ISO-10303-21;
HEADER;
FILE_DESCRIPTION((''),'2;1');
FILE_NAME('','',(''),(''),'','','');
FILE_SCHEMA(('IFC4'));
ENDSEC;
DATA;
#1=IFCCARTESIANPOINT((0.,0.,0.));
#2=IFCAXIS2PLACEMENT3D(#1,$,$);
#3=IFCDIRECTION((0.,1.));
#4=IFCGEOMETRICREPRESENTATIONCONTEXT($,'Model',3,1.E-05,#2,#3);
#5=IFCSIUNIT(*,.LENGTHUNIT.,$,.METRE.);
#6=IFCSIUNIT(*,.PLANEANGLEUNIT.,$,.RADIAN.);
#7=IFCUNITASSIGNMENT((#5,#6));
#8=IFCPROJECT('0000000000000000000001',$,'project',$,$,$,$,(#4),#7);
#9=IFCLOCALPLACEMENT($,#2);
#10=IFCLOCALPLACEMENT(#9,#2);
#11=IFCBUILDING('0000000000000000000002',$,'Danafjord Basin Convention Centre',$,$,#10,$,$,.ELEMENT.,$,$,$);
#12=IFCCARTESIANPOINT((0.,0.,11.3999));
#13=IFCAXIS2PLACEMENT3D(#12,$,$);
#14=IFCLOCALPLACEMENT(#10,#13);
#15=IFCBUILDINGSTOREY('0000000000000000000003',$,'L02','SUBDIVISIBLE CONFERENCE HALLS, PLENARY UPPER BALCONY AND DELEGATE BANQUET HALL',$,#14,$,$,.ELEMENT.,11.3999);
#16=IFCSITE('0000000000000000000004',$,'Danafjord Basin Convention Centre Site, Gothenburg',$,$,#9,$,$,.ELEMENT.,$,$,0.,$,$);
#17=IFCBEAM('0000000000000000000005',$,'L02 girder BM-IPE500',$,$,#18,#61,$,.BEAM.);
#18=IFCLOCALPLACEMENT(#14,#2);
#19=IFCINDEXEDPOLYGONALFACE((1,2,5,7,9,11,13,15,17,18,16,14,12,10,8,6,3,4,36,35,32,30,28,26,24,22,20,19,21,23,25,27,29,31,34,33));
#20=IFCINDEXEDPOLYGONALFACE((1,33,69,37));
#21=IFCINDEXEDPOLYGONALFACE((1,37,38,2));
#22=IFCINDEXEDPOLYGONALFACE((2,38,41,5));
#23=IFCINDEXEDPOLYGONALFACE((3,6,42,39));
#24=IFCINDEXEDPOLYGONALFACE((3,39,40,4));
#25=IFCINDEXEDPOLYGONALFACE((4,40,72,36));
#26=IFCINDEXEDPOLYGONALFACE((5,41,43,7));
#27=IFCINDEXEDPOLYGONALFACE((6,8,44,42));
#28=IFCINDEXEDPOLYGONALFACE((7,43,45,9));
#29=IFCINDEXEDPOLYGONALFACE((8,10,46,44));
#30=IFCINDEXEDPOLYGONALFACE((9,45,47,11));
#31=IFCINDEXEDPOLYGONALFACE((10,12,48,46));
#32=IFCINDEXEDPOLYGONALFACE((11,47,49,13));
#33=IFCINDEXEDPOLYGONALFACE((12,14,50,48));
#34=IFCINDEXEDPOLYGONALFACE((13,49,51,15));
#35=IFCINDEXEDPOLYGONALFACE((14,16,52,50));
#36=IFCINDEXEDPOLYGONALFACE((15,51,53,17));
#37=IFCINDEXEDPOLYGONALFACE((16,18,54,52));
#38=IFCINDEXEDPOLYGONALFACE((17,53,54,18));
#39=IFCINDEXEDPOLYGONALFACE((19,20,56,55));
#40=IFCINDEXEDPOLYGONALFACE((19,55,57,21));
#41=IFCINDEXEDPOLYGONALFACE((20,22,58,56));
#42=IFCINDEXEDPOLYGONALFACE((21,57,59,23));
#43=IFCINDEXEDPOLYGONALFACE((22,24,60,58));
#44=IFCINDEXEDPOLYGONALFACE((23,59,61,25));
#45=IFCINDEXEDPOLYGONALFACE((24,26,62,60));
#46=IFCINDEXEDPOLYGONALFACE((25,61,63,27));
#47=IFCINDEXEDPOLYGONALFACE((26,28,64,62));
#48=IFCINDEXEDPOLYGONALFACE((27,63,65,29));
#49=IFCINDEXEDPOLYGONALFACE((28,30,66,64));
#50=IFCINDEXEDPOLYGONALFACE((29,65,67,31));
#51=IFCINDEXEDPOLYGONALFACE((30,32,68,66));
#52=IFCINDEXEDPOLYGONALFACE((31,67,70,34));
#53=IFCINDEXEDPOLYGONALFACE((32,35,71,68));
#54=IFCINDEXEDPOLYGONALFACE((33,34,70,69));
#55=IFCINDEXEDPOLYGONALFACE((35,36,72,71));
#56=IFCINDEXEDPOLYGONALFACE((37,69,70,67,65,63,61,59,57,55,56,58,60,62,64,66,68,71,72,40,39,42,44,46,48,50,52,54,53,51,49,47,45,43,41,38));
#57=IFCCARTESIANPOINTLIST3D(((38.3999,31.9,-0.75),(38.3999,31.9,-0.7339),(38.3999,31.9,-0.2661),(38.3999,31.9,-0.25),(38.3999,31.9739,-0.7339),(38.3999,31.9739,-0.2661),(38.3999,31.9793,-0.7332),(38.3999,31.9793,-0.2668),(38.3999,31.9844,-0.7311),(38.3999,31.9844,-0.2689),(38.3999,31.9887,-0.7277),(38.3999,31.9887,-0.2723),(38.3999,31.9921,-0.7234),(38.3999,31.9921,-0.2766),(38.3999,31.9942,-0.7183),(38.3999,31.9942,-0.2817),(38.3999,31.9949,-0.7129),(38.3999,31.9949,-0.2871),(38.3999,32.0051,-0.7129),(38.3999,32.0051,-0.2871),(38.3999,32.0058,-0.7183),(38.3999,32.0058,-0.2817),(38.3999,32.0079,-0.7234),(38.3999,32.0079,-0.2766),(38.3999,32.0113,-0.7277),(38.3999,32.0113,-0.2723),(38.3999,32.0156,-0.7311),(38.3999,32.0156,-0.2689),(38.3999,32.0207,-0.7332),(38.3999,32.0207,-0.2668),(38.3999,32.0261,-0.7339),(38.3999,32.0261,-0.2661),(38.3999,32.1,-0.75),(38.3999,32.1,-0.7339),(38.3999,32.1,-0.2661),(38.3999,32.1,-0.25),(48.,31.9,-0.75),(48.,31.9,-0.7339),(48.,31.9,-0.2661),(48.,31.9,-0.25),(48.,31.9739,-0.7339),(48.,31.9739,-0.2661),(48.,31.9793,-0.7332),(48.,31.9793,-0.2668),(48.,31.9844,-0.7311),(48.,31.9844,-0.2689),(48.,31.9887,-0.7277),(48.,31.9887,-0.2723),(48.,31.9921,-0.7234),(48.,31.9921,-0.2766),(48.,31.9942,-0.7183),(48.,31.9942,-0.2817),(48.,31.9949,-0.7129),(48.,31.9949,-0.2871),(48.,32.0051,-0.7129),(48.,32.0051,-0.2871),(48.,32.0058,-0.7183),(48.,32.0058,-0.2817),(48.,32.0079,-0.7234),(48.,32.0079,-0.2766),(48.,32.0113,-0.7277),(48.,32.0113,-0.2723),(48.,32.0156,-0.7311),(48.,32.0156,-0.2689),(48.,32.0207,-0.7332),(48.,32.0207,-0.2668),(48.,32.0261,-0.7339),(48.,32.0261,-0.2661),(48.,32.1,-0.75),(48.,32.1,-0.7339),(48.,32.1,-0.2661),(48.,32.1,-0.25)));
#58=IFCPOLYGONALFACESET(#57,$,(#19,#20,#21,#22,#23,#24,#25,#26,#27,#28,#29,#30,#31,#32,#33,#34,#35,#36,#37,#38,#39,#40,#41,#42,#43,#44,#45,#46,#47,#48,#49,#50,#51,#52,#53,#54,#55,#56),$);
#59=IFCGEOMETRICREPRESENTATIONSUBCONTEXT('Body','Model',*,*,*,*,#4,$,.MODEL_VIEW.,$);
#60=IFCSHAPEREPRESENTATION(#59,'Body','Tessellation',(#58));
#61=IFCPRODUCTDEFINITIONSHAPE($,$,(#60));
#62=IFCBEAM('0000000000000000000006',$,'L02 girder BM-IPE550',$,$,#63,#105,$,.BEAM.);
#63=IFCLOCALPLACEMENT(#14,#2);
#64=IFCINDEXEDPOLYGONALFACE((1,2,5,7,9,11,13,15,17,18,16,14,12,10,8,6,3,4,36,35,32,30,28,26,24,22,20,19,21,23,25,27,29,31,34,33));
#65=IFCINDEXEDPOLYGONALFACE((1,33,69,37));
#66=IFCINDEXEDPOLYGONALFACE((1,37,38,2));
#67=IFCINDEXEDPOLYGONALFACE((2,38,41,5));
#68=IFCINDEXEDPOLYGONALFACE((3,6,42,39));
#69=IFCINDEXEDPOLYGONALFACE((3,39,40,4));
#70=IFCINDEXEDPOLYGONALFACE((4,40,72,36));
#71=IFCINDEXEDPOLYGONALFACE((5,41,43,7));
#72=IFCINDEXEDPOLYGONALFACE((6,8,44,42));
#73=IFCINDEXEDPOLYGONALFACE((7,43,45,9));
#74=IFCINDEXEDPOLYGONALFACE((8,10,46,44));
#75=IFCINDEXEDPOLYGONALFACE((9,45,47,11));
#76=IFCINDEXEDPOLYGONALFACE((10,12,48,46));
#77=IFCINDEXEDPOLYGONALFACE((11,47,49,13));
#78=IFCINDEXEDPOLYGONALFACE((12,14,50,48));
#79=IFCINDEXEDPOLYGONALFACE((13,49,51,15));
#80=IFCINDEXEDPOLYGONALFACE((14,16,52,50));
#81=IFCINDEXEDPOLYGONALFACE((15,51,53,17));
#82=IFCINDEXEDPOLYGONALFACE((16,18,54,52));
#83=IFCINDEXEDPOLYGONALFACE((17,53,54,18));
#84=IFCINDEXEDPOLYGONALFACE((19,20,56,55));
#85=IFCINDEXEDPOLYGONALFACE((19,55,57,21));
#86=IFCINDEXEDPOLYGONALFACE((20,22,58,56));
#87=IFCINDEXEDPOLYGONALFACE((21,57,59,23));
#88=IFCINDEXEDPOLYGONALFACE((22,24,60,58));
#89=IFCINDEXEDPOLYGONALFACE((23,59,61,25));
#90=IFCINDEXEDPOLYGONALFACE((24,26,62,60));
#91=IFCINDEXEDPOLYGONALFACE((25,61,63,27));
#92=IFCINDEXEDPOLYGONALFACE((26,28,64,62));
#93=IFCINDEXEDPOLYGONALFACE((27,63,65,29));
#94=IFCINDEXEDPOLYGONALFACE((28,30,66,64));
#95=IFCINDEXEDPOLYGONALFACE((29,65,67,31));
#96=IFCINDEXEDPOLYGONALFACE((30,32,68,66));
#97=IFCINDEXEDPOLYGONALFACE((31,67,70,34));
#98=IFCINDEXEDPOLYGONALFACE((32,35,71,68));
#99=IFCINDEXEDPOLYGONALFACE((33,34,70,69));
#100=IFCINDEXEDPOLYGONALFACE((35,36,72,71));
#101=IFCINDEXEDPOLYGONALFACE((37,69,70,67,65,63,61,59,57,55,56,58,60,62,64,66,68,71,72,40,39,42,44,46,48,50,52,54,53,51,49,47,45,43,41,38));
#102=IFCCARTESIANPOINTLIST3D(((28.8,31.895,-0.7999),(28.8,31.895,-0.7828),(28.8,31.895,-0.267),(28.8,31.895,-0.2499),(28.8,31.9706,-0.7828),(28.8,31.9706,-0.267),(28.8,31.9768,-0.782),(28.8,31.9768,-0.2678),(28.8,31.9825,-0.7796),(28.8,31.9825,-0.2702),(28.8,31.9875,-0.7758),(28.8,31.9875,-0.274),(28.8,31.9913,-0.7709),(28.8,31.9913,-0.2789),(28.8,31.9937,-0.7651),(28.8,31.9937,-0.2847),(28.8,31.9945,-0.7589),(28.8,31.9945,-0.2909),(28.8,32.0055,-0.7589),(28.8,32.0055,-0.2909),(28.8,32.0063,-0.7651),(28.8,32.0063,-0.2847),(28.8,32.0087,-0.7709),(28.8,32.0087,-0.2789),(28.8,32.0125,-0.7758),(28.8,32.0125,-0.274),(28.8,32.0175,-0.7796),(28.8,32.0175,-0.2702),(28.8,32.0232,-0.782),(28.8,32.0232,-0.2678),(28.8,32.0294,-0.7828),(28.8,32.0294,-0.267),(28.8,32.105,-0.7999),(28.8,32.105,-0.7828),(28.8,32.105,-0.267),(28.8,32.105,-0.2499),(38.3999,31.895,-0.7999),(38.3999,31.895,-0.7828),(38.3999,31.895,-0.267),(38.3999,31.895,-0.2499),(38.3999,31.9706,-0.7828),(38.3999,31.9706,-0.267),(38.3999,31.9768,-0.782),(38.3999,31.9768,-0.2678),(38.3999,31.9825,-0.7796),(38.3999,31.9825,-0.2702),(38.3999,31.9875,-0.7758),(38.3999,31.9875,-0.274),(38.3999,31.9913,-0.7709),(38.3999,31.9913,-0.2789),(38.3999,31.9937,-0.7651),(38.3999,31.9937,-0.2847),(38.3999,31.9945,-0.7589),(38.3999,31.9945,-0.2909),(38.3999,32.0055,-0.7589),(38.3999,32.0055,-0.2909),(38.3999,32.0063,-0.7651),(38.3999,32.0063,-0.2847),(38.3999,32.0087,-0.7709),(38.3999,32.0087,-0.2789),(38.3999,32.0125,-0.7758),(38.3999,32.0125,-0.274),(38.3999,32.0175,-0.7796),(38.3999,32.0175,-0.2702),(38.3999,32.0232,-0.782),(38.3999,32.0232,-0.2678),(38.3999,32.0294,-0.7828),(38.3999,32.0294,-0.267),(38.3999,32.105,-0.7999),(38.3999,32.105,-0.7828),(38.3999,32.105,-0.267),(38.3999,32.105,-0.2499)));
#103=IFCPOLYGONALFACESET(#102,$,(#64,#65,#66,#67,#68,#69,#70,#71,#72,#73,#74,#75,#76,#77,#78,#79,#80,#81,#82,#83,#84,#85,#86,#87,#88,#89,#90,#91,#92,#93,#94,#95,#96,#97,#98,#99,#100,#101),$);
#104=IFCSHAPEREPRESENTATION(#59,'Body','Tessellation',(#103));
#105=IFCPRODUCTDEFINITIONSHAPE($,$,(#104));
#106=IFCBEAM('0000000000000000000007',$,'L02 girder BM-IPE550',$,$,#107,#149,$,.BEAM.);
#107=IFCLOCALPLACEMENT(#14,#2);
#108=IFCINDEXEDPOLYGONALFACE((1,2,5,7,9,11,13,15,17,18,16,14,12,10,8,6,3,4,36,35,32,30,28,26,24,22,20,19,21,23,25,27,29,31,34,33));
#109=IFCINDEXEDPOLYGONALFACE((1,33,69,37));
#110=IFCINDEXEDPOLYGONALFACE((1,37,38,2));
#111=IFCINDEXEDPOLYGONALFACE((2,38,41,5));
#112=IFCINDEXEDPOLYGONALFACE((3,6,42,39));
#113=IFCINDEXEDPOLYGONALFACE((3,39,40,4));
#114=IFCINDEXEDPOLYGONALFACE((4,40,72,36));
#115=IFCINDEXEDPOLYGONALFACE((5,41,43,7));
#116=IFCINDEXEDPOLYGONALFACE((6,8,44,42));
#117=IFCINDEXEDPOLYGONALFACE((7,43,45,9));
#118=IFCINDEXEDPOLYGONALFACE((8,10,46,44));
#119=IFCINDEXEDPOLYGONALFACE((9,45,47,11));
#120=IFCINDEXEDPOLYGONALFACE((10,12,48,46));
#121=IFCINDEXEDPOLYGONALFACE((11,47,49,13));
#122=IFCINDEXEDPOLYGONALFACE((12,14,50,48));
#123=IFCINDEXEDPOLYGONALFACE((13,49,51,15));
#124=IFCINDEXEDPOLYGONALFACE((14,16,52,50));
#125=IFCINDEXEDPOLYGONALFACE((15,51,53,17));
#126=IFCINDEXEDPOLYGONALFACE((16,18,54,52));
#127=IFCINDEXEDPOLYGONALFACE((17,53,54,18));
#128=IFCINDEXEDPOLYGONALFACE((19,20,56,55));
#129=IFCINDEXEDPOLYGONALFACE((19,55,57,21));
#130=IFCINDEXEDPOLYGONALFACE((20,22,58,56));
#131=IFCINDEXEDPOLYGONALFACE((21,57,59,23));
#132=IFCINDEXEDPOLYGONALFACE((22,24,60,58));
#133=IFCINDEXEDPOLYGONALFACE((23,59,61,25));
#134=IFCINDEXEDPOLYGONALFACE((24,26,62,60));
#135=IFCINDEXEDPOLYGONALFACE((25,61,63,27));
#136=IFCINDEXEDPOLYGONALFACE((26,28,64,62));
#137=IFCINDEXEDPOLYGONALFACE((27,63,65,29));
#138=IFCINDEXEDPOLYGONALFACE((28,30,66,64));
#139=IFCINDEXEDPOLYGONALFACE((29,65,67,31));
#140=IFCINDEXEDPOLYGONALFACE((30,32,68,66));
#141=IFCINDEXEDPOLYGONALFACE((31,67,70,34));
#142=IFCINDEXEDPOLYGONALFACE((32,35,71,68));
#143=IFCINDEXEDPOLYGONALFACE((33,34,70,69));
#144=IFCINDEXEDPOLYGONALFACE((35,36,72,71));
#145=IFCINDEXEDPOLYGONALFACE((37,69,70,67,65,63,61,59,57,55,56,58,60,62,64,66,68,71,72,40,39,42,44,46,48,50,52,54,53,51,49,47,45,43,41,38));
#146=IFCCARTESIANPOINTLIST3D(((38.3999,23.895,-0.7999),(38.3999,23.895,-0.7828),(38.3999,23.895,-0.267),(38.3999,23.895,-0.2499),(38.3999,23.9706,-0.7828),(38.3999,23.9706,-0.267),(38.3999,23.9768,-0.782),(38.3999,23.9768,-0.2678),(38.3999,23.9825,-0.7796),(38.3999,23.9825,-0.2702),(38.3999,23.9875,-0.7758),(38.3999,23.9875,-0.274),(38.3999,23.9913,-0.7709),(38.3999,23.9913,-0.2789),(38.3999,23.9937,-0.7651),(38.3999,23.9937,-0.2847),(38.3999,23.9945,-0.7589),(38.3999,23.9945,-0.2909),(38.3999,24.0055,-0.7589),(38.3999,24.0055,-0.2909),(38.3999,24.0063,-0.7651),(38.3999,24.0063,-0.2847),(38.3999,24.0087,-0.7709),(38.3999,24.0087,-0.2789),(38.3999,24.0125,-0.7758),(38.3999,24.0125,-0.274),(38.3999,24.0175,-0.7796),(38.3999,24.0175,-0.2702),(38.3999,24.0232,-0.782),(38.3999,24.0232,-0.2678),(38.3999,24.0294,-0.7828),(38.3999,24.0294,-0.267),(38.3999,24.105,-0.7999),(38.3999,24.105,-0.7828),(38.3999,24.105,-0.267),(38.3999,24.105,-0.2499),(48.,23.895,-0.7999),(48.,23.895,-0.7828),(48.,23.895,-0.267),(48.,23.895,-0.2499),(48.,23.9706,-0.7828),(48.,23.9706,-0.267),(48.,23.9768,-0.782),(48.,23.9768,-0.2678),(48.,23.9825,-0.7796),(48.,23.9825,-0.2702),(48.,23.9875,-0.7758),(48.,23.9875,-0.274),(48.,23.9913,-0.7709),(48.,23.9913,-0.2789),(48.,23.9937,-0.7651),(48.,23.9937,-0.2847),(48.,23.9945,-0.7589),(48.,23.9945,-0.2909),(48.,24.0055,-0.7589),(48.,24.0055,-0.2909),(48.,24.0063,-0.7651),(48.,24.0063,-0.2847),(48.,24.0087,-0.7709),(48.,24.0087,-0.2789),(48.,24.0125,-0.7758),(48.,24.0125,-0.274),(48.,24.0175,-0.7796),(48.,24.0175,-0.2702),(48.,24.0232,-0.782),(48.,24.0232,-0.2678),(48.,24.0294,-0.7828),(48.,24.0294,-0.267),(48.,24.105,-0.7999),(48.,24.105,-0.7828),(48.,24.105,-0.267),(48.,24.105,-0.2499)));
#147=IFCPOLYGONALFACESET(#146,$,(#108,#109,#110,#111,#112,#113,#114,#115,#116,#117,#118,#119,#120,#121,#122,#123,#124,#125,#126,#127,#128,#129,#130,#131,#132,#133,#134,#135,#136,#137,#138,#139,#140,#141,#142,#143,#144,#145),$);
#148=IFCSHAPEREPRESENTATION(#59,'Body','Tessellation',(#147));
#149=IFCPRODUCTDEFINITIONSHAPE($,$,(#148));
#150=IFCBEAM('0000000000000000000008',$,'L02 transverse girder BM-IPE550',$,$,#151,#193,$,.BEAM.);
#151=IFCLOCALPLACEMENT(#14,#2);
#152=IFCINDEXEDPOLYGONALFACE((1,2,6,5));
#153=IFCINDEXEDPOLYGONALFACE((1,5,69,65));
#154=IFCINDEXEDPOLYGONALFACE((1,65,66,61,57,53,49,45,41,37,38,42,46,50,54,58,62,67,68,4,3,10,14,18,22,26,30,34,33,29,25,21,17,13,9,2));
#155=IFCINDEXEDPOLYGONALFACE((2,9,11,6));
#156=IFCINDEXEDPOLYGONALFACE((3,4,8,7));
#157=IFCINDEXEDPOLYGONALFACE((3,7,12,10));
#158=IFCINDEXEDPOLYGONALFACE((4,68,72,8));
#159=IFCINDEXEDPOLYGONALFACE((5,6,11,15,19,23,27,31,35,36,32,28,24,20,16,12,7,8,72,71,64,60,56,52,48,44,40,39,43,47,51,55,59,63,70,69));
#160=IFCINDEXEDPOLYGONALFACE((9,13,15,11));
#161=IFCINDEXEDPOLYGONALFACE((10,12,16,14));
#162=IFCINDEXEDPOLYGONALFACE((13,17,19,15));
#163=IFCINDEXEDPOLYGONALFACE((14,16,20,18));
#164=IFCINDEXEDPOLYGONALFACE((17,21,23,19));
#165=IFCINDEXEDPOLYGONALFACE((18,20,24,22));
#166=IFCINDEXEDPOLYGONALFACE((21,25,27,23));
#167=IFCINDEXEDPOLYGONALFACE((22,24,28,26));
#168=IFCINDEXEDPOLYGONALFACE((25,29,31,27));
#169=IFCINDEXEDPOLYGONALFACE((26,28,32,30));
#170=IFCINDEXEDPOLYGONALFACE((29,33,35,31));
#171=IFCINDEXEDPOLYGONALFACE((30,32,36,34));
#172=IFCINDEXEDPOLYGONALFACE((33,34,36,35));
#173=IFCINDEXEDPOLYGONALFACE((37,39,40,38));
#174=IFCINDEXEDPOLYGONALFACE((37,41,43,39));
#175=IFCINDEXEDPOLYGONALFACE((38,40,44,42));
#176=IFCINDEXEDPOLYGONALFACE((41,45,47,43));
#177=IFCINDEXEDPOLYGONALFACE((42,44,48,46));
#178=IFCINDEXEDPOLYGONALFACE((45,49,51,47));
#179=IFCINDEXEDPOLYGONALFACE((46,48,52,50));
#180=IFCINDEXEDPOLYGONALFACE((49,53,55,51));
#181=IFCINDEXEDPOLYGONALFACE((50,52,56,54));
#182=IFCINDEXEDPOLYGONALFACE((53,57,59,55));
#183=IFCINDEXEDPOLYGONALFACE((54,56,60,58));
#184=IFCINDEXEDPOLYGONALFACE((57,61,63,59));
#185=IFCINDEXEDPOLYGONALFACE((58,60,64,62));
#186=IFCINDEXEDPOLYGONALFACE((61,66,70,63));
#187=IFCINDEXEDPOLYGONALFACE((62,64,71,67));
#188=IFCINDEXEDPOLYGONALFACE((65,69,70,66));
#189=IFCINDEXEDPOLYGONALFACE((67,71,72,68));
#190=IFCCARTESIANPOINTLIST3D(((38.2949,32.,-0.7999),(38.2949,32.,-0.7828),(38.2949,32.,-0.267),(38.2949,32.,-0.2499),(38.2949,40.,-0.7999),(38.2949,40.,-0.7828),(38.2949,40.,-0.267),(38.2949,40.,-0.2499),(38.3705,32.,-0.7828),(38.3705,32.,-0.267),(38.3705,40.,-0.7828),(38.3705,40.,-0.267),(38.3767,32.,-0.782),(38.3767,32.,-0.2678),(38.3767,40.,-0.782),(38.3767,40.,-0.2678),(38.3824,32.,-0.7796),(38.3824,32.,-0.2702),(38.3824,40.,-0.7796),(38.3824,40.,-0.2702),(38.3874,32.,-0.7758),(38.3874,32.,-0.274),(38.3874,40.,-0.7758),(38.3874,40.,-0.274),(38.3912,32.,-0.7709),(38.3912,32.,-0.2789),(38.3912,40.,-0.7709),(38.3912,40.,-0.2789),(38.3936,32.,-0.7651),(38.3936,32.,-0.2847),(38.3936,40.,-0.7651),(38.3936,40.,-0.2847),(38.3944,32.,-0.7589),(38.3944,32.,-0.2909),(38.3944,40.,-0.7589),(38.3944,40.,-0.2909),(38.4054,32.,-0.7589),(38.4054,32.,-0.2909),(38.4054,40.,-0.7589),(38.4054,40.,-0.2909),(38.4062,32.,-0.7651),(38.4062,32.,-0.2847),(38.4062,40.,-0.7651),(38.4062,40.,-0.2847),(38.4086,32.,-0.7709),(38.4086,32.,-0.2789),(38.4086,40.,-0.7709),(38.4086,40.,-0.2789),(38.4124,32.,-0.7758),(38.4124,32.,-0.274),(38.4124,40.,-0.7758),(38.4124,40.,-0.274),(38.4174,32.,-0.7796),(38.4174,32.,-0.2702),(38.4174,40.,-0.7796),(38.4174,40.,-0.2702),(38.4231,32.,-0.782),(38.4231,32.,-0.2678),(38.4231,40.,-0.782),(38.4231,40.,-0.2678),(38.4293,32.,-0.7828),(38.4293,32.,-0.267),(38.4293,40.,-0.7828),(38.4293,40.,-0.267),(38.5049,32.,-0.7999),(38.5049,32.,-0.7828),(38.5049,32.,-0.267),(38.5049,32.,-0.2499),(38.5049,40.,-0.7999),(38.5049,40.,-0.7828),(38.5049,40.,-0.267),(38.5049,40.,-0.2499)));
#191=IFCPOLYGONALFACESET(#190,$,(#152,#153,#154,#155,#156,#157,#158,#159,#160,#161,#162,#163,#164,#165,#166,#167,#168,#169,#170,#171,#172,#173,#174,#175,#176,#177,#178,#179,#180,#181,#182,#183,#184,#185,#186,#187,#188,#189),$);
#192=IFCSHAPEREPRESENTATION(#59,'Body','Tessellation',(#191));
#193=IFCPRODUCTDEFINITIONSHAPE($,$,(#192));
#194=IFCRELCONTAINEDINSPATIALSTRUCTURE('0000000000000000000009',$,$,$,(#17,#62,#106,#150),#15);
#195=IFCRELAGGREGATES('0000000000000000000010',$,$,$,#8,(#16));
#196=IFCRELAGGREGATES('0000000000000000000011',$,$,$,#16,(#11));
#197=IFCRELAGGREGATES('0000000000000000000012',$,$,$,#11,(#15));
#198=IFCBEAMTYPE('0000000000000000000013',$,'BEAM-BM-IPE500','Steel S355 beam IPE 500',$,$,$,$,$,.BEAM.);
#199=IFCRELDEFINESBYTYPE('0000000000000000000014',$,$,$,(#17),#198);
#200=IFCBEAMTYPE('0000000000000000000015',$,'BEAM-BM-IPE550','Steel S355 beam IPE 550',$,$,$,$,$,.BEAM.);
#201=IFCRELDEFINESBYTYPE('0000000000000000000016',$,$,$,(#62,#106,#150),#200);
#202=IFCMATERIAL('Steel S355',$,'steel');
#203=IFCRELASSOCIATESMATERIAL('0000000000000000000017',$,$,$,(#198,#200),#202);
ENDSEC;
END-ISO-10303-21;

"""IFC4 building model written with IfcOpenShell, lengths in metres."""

from ifc_helpers import new_model, si_unit, direction, frame, origin, origin_2d, place, context, subcontext, project, spatial, i_section, extrude, material, material_profile, profile_set, type_object, element, save


model = new_model("IFC4")

# Units and contexts
model_context = context("Model", 3, precision=1e-05, world=origin(), true_north=direction((0.0, 1.0)))
body_context = subcontext(model_context, "Body", "Model", "MODEL_VIEW")
ifc_project = project(units=[si_unit("LENGTHUNIT", "METRE"), si_unit("PLANEANGLEUNIT", "RADIAN")], contexts=[model_context])

# Site, building, storey
site_placement = place(None, origin())
site = spatial("IfcSite", under=ifc_project, at=site_placement, Name="Danafjord Basin Convention Centre Site, Gothenburg", CompositionType="ELEMENT", RefElevation=0.0)
building_placement = place(site_placement, origin())
building = spatial("IfcBuilding", under=site, at=building_placement, Name="Danafjord Basin Convention Centre", CompositionType="ELEMENT")
storey_placement = place(building_placement, frame((0.0, 0.0, 11.3999)))
storey = spatial("IfcBuildingStorey", under=building, at=storey_placement, Name="L02", Description="SUBDIVISIBLE CONFERENCE HALLS, PLENARY UPPER BALCONY AND DELEGATE BANQUET HALL", CompositionType="ELEMENT", Elevation=11.3999)

# Shared definitions
ifc_material_1 = material(Name="Steel S355", Category="steel")

# Beams
ifc_material_profile_1 = material_profile(ifc_material_1, i_section(OverallWidth=0.2, OverallDepth=0.5, WebThickness=0.0103, FlangeThickness=0.0161, FilletRadius=0.021, at=origin_2d()), Name="IPE 500")
ifc_profile_set_1 = profile_set([ifc_material_profile_1], Name="Steel S355")
beam_type_1 = type_object("IfcBeamType", Name="BEAM-BM-IPE500", Description="Steel S355 beam IPE 500", PredefinedType="BEAM", material=ifc_profile_set_1)
beam_1_placement = place(storey_placement, frame((38.3999, 32.0, -0.5), z_axis=(1.0, 0.0, 0.0), x_axis=(0.0, 1.0, 0.0)))
element("IfcBeam", 1, at=beam_1_placement, inside=storey, type_object=beam_type_1, Name="L02 girder BM-IPE500", PredefinedType="BEAM", context=body_context, shape_type="SweptSolid", body=[
    extrude(i_section(OverallWidth=0.2, OverallDepth=0.5, WebThickness=0.0103, FlangeThickness=0.0161, FilletRadius=0.021, at=origin_2d()), origin(), (0.0, 0.0, 1.0), 9.6001),
])
ifc_material_profile_2 = material_profile(ifc_material_1, i_section(OverallWidth=0.21, OverallDepth=0.55, WebThickness=0.011, FlangeThickness=0.0171, FilletRadius=0.0239, at=origin_2d()), Name="IPE 550")
ifc_profile_set_2 = profile_set([ifc_material_profile_2], Name="Steel S355")
beam_type_2 = type_object("IfcBeamType", Name="BEAM-BM-IPE550", Description="Steel S355 beam IPE 550", PredefinedType="BEAM", material=ifc_profile_set_2)
beam_2_placement = place(storey_placement, frame((28.8, 32.0, -0.5249), z_axis=(1.0, 0.0, 0.0), x_axis=(0.0, 1.0, 0.0)))
element("IfcBeam", 2, at=beam_2_placement, inside=storey, type_object=beam_type_2, Name="L02 girder BM-IPE550", PredefinedType="BEAM", context=body_context, shape_type="SweptSolid", body=[
    extrude(i_section(OverallWidth=0.21, OverallDepth=0.55, WebThickness=0.011, FlangeThickness=0.0171, FilletRadius=0.0239, at=origin_2d()), origin(), (0.0, 0.0, 1.0), 9.5999),
])
beam_3_placement = place(storey_placement, frame((38.3999, 24.0, -0.5249), z_axis=(1.0, 0.0, 0.0), x_axis=(0.0, 1.0, 0.0)))
element("IfcBeam", 3, at=beam_3_placement, inside=storey, type_object=beam_type_2, Name="L02 girder BM-IPE550", PredefinedType="BEAM", context=body_context, shape_type="SweptSolid", body=[
    extrude(i_section(OverallWidth=0.21, OverallDepth=0.55, WebThickness=0.011, FlangeThickness=0.0171, FilletRadius=0.0239, at=origin_2d()), origin(), (0.0, 0.0, 1.0), 9.6001),
])
for number, where, z_axis, x_axis, name in (
    (4, (38.3999, 32.0, -0.5249), (0.0, 1.0, 0.0), (-1.0, 0.0, 0.0), "L02 transverse girder BM-IPE550"),
):
    element("IfcBeam", number, at=place(storey_placement, frame(where, z_axis=z_axis, x_axis=x_axis)), inside=storey, type_object=beam_type_2, Name=name, PredefinedType="BEAM", context=body_context, shape_type="SweptSolid", body=[
        extrude(i_section(OverallWidth=0.21, OverallDepth=0.55, WebThickness=0.011, FlangeThickness=0.0171, FilletRadius=0.0239, at=origin_2d()), origin(), (0.0, 0.0, 1.0), 8.0),
    ])

save(model, "model.ifc")
